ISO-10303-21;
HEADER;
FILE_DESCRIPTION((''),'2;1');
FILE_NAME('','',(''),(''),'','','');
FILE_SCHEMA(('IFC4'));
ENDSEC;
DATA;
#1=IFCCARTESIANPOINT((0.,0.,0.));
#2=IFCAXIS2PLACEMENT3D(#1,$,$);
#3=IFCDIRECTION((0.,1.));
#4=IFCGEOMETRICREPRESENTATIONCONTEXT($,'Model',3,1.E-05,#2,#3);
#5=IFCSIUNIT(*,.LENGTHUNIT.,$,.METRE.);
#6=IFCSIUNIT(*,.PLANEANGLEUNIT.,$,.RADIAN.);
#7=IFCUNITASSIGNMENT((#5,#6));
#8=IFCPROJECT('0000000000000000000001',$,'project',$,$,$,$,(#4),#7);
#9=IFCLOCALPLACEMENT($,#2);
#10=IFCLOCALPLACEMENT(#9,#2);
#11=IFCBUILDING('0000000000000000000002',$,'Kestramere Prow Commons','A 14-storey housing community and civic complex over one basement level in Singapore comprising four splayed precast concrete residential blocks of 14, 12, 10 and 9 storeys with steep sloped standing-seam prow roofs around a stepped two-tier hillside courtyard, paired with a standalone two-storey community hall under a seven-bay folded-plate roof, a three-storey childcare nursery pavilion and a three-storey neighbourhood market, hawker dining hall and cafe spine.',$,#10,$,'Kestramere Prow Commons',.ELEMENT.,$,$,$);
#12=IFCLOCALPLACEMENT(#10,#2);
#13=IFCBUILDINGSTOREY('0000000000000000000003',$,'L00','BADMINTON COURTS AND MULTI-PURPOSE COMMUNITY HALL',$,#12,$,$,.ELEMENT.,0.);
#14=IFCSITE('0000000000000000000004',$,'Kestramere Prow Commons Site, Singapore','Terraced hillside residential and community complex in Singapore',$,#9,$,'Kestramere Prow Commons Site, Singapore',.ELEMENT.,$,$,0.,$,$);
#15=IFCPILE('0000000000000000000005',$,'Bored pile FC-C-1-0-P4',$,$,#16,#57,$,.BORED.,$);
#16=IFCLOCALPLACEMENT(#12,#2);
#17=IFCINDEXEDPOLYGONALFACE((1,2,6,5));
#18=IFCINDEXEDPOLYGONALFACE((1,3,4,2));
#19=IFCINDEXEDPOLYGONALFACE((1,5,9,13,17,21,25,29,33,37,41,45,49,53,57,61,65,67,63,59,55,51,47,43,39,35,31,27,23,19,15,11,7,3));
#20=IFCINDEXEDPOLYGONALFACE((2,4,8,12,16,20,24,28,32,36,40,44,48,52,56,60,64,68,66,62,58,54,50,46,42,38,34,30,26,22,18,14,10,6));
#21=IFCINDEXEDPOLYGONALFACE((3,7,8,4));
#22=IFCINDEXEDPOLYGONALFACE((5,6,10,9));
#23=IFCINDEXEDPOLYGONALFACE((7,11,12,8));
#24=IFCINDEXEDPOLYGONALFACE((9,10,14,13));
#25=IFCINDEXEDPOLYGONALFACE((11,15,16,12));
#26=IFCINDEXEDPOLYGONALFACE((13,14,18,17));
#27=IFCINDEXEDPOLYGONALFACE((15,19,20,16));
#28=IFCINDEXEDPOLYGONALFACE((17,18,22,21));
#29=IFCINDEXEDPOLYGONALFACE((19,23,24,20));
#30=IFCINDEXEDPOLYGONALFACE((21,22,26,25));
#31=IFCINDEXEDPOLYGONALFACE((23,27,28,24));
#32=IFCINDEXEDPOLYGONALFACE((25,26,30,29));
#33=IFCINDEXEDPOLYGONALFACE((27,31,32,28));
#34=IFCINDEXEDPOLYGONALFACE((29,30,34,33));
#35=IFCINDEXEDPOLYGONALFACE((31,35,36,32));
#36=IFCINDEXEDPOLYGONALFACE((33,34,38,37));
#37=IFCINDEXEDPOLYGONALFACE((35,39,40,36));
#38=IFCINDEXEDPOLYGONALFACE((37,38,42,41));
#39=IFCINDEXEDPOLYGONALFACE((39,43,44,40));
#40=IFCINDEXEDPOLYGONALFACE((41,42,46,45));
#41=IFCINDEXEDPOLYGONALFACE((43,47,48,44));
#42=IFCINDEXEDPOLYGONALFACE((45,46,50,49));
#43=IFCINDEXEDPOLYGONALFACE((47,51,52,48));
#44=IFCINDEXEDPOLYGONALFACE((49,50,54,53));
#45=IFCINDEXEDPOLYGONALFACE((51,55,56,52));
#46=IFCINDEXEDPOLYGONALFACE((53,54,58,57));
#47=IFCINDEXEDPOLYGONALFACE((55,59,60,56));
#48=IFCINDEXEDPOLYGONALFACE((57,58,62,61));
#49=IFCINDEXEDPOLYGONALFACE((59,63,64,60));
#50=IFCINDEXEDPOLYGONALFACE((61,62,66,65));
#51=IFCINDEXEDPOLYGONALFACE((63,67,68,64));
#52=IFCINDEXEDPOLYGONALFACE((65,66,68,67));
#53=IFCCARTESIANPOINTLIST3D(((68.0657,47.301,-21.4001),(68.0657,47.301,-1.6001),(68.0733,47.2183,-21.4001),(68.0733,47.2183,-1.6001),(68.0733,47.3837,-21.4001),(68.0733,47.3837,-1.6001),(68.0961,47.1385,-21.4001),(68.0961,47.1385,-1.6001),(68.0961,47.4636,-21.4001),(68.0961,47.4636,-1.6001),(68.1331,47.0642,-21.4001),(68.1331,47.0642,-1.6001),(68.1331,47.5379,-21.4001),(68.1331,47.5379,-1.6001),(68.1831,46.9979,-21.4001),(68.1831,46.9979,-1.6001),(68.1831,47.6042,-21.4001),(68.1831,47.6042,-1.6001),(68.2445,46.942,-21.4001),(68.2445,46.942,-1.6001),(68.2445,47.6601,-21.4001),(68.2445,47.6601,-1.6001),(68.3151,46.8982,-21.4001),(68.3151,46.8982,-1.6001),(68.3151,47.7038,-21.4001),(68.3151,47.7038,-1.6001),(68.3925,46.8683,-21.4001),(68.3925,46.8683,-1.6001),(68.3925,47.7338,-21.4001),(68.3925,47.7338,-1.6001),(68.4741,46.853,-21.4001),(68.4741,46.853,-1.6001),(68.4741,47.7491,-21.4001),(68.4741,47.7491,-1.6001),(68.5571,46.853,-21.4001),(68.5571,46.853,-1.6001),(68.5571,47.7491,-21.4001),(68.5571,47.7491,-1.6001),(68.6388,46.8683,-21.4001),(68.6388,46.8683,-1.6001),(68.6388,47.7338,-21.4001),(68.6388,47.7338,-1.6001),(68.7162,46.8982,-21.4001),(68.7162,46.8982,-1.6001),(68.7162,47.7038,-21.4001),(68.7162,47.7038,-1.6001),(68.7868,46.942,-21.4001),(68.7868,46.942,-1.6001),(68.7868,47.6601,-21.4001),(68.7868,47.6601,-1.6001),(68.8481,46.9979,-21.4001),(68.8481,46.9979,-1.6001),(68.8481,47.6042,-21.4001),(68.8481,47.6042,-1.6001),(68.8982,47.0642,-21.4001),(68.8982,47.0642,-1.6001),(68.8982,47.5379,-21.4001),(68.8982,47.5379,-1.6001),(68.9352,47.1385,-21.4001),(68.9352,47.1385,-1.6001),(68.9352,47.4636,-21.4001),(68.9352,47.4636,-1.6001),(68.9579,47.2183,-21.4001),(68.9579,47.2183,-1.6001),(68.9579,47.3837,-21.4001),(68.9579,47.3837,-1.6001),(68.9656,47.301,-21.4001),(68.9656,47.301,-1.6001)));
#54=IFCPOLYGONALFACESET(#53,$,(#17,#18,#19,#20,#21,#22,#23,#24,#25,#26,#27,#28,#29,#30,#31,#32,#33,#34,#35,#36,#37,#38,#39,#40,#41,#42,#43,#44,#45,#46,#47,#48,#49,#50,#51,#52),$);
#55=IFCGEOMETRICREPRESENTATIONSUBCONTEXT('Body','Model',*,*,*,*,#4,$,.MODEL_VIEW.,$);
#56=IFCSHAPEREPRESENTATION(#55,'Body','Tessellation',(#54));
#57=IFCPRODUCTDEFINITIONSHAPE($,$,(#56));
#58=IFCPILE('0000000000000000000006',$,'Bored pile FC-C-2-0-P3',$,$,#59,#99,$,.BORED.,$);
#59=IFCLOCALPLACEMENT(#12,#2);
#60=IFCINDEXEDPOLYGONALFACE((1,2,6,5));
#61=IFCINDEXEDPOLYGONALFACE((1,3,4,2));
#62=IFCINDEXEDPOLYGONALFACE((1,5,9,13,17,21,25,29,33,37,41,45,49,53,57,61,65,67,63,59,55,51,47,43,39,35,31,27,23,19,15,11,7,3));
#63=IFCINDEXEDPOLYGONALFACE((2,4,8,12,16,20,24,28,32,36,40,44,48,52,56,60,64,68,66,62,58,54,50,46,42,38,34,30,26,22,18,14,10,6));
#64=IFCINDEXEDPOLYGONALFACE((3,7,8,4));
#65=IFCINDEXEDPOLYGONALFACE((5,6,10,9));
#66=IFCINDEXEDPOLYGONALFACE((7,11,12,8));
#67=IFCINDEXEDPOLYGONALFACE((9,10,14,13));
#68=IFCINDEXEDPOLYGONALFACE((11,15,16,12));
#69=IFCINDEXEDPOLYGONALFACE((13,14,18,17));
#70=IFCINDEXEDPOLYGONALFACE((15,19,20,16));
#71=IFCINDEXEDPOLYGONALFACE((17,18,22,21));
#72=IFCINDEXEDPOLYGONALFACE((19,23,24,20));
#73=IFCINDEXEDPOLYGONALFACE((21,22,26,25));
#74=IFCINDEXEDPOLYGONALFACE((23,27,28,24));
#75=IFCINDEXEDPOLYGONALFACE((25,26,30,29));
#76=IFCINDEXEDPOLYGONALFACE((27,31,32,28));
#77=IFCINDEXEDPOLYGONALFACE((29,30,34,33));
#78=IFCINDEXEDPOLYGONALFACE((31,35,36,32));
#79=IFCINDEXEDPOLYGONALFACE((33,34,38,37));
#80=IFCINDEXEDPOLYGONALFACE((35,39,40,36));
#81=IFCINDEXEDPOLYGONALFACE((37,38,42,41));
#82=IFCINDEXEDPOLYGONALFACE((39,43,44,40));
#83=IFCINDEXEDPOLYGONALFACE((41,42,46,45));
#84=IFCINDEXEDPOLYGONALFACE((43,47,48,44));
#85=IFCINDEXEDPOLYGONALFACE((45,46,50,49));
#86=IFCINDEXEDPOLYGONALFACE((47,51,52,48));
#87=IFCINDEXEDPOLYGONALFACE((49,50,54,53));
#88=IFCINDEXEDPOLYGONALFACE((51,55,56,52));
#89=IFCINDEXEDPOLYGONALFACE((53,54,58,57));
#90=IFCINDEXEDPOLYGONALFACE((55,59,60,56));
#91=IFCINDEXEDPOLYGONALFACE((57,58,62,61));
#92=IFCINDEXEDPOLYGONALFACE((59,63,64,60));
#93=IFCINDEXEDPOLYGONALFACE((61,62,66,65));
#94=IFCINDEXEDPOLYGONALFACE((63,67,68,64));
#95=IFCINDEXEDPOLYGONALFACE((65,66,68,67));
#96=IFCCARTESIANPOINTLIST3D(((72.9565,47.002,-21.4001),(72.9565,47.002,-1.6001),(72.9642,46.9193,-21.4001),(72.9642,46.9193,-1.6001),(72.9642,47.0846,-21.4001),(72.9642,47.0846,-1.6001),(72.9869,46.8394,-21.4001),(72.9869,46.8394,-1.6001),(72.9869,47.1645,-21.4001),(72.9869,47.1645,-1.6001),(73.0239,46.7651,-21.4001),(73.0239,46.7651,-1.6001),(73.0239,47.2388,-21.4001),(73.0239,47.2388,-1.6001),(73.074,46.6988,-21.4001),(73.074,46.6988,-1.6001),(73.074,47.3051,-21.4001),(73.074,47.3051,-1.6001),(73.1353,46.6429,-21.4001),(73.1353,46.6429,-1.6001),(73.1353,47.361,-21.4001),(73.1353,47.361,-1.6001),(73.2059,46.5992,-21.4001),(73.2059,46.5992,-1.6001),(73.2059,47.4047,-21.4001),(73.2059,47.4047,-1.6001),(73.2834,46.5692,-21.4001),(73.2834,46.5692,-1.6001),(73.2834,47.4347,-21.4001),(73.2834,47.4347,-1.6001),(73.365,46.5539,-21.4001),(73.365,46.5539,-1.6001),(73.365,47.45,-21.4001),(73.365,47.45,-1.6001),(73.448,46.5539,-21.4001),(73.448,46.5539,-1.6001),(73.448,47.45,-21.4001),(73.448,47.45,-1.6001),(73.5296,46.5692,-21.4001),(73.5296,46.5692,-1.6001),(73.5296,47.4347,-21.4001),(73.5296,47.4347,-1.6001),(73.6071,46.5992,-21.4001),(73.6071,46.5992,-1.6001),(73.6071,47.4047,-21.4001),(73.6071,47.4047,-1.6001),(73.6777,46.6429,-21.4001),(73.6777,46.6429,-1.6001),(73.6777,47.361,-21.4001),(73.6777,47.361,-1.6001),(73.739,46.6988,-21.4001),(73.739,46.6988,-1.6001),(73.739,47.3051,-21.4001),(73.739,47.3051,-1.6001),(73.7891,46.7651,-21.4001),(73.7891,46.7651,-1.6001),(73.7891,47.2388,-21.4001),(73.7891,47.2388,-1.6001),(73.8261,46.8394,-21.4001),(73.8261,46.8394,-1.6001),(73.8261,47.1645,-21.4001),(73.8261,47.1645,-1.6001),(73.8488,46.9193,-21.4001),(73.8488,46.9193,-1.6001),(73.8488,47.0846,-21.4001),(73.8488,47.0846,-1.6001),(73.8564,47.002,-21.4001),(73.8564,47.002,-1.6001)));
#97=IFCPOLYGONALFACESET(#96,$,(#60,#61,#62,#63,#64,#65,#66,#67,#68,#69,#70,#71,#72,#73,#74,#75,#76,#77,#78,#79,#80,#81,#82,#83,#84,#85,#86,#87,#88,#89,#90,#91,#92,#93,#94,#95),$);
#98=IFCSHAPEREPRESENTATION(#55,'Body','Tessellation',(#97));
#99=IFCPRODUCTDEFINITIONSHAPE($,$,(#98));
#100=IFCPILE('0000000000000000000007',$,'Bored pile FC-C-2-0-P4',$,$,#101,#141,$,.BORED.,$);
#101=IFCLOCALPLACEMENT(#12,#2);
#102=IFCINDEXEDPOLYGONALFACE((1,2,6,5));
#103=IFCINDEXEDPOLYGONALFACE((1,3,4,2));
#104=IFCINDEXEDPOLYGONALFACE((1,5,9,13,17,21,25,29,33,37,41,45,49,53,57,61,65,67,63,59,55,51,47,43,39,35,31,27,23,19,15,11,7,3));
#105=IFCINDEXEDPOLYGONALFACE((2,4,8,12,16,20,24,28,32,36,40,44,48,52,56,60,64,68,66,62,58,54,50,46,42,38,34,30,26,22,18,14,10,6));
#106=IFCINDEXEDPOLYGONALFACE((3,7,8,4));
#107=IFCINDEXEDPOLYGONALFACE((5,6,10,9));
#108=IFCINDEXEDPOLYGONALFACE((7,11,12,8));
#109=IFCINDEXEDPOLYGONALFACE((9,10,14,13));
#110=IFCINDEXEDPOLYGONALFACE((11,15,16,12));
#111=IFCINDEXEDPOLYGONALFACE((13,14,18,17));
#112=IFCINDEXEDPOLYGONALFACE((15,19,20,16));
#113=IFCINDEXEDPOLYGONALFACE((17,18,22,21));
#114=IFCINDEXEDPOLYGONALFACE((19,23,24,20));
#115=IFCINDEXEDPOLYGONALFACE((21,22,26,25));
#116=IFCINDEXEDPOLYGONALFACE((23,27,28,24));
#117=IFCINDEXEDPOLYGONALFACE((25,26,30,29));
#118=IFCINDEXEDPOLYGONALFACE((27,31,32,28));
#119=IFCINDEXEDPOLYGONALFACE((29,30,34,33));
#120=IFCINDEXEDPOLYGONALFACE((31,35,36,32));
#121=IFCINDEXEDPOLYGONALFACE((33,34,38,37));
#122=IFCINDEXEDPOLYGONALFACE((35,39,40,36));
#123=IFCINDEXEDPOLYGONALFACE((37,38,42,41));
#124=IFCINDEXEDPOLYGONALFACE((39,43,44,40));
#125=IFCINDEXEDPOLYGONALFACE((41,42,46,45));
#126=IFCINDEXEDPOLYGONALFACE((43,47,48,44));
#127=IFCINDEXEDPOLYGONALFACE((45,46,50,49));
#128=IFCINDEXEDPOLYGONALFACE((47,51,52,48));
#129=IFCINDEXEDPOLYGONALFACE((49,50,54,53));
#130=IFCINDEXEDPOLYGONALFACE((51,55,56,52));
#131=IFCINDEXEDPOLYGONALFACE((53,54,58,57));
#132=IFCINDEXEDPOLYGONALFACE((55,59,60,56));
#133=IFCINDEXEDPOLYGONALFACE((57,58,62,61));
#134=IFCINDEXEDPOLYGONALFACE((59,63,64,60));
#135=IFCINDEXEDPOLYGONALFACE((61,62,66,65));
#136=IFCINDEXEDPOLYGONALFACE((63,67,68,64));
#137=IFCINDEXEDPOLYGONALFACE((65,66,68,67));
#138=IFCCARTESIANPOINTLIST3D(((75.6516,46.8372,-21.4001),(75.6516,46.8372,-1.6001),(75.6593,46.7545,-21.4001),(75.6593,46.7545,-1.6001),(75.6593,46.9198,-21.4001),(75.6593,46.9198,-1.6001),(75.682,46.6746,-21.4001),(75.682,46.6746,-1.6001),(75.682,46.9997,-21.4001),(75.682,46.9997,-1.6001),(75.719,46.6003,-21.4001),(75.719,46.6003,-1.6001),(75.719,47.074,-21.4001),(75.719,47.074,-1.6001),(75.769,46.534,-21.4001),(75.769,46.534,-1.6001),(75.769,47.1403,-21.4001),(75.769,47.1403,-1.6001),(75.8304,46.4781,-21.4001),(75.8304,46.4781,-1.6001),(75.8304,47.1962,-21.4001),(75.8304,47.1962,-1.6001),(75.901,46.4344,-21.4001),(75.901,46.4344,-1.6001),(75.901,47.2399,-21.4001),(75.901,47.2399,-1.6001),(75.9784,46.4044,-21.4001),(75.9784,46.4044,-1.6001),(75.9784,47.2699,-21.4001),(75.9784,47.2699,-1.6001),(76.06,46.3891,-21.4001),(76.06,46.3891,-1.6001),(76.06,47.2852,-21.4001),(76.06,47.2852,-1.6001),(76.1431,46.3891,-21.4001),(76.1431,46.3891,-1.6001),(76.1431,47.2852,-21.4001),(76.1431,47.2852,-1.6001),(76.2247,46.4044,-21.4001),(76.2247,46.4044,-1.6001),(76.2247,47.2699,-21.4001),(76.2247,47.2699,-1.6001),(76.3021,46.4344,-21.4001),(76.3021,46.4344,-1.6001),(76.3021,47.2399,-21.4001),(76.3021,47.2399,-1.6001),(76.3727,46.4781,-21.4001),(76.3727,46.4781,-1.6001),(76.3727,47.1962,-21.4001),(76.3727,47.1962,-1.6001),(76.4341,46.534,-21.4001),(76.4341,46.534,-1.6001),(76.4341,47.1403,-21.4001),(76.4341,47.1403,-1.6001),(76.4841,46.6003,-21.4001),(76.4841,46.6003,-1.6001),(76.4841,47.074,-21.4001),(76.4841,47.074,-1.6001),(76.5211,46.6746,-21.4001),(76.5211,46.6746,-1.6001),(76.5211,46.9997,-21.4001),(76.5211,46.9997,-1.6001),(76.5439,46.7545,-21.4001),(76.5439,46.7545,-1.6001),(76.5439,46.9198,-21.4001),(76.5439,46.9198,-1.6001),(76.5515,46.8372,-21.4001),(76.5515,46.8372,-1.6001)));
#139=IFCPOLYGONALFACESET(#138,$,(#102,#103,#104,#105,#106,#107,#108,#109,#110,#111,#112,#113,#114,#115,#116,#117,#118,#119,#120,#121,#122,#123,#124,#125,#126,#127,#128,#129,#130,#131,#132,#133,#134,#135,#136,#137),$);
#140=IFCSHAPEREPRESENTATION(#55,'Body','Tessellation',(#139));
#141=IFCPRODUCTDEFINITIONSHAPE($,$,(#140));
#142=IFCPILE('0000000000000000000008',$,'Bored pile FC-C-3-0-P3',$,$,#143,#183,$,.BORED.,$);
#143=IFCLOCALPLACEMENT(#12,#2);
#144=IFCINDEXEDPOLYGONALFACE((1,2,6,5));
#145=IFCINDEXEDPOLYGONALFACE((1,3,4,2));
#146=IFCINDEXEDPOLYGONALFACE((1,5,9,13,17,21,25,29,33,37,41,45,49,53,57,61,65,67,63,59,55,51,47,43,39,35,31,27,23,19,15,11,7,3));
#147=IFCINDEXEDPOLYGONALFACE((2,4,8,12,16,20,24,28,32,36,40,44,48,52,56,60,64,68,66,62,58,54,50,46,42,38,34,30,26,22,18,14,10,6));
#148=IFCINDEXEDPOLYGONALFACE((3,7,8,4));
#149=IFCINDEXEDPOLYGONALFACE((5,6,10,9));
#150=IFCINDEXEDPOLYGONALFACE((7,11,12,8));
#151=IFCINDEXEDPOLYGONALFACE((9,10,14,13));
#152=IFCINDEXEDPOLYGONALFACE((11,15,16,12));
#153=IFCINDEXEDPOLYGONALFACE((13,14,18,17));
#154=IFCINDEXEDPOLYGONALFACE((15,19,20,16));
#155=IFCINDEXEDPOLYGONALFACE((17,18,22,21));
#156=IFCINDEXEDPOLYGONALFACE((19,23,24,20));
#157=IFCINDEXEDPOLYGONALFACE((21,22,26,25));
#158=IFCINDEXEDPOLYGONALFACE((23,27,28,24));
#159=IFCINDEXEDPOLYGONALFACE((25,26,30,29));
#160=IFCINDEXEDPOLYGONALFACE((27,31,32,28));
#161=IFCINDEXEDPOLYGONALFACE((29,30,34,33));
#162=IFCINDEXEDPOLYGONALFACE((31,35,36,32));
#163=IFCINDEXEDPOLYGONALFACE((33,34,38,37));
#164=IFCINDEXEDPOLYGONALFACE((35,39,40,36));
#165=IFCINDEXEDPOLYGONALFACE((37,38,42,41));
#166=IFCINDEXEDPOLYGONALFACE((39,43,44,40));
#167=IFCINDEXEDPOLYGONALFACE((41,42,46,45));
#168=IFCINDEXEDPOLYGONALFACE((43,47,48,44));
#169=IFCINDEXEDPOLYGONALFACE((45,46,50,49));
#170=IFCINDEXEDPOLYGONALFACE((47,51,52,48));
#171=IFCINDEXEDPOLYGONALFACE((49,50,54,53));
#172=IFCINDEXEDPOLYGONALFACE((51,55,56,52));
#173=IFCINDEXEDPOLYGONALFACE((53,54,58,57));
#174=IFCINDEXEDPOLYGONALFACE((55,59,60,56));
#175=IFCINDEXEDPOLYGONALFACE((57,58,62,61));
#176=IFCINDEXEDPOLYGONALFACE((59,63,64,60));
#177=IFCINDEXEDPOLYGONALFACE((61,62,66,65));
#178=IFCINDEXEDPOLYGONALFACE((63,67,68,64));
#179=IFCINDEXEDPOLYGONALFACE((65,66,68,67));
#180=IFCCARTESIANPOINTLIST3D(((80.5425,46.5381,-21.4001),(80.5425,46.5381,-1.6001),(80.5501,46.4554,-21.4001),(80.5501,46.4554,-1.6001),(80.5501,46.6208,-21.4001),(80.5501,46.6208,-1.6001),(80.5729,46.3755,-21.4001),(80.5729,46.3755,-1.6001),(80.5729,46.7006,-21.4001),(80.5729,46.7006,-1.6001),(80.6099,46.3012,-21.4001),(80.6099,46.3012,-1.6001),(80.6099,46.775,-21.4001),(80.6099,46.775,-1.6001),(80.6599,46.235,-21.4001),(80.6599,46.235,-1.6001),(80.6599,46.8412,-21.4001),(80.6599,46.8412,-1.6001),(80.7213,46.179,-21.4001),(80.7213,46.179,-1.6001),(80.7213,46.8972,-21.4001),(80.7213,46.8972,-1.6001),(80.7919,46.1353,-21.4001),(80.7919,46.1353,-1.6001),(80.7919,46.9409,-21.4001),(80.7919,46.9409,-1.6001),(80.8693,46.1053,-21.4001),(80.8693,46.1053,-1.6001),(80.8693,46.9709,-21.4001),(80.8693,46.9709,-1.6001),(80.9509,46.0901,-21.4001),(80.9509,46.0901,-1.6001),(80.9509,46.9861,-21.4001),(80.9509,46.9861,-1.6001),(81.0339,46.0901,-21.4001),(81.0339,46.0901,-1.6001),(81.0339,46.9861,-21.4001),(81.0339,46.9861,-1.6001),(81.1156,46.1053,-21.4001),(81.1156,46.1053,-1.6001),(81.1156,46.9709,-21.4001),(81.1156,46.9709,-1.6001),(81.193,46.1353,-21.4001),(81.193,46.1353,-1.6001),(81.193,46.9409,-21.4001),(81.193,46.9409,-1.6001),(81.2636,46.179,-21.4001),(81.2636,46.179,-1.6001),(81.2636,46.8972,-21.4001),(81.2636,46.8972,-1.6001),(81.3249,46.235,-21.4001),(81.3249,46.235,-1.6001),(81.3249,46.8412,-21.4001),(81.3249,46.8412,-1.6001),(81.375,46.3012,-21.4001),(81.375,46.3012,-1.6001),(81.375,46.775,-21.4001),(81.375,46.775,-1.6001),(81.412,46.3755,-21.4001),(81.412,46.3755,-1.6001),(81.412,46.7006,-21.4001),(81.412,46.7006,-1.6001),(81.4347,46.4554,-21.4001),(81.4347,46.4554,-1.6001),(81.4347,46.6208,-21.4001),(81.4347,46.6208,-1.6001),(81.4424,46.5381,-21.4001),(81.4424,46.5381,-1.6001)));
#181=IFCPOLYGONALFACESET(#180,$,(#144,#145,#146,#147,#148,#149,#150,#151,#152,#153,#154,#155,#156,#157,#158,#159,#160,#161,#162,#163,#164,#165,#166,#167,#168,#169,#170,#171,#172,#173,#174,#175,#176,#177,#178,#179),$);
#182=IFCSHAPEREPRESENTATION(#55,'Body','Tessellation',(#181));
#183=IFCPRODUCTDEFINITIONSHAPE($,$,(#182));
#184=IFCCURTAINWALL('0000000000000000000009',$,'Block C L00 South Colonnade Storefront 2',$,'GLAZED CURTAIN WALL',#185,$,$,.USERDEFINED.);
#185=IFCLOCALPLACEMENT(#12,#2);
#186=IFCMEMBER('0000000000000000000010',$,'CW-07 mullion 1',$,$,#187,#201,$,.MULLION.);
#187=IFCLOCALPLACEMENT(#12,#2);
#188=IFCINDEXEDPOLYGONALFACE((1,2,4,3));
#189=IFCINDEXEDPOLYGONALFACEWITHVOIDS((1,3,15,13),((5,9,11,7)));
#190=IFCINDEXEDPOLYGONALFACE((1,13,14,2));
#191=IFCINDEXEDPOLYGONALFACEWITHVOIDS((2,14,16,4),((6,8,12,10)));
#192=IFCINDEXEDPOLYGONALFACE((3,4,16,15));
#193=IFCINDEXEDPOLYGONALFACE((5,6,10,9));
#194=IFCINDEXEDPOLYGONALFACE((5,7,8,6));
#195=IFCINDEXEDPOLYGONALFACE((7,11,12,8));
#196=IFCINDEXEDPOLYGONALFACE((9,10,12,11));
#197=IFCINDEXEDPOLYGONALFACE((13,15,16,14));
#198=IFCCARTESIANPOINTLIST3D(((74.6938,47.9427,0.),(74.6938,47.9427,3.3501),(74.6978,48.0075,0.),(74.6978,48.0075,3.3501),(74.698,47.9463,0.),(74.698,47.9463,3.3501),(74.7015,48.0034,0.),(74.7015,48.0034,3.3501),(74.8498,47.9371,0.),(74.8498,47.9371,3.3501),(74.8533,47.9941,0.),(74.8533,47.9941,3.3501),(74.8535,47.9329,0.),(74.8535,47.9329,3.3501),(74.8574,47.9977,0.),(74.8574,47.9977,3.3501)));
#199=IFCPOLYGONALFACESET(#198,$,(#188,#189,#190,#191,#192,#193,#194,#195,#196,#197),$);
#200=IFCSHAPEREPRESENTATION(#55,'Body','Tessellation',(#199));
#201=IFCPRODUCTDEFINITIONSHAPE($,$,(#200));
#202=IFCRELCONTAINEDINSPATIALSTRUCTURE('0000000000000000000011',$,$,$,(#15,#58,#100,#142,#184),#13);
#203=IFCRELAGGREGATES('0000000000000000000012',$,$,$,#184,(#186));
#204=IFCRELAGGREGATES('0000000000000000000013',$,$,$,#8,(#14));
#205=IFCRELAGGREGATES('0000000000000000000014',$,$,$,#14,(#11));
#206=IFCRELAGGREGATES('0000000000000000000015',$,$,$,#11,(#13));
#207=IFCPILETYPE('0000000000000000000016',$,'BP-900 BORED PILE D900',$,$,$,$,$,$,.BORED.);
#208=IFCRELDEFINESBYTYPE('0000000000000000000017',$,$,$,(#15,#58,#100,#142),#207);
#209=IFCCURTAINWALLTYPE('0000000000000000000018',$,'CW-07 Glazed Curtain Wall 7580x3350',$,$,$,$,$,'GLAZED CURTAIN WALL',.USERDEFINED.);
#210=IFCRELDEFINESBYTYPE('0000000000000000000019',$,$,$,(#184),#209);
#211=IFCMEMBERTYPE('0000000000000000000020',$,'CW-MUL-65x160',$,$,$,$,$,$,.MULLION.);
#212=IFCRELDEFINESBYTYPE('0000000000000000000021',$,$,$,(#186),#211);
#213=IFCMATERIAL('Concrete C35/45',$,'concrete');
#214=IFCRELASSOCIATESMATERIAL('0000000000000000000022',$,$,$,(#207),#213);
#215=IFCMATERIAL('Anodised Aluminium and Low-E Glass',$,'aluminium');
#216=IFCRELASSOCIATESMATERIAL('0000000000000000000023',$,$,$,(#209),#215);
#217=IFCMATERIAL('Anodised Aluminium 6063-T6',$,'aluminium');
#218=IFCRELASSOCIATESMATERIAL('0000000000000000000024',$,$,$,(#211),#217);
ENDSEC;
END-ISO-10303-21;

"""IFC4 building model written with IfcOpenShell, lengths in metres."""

from ifc_helpers import new_model, si_unit, direction, frame, origin, origin_2d, place, context, subcontext, project, spatial, hollow_rectangle, circle, extrude, material, material_profile, profile_set, type_object, element, aggregate, save


model = new_model("IFC4")

# Units and contexts
model_context = context("Model", 3, precision=1e-05, world=origin(), true_north=direction((0.0, 1.0)))
body_context = subcontext(model_context, "Body", "Model", "MODEL_VIEW")
ifc_project = project(units=[si_unit("LENGTHUNIT", "METRE"), si_unit("PLANEANGLEUNIT", "RADIAN")], contexts=[model_context])

# Site, building, storey
site_placement = place(None, origin())
site = spatial("IfcSite", under=ifc_project, at=site_placement, Name="Kestramere Prow Commons Site, Singapore", Description="Terraced hillside residential and community complex in Singapore", LongName="Kestramere Prow Commons Site, Singapore", CompositionType="ELEMENT", RefElevation=0.0)
building_placement = place(site_placement, origin())
building = spatial("IfcBuilding", under=site, at=building_placement, Name="Kestramere Prow Commons", Description="A 14-storey housing community and civic complex over one basement level in Singapore comprising four splayed precast concrete residential blocks of 14, 12, 10 and 9 storeys with steep sloped standing-seam prow roofs around a stepped two-tier hillside courtyard, paired with a standalone two-storey community hall under a seven-bay folded-plate roof, a three-storey childcare nursery pavilion and a three-storey neighbourhood market, hawker dining hall and cafe spine.", LongName="Kestramere Prow Commons", CompositionType="ELEMENT")
storey_placement = place(building_placement, origin())
storey = spatial("IfcBuildingStorey", under=building, at=storey_placement, Name="L00", Description="BADMINTON COURTS AND MULTI-PURPOSE COMMUNITY HALL", CompositionType="ELEMENT", Elevation=0.0)

# Piles
ifc_material_1 = material(Name="Concrete C35/45", Category="concrete")
ifc_material_profile_1 = material_profile(ifc_material_1, circle(Radius=0.45, at=origin_2d()), Name="BORED PILE D900")
ifc_profile_set_1 = profile_set([ifc_material_profile_1], Name="Concrete C35/45")
pile_type = type_object("IfcPileType", Name="BP-900 BORED PILE D900", PredefinedType="BORED", material=ifc_profile_set_1)
for number, where, z_axis, x_axis, name in (
    (1, (68.5156, 47.301, -1.6001), (0.0, 0.0, -1.0), (1.0, 0.0, 0.0), "Bored pile FC-C-1-0-P4"),
    (2, (73.4065, 47.002, -1.6001), (0.0, 0.0, -1.0), (1.0, 0.0, 0.0), "Bored pile FC-C-2-0-P3"),
    (3, (76.1016, 46.8372, -1.6001), (0.0, 0.0, -1.0), (1.0, 0.0, 0.0), "Bored pile FC-C-2-0-P4"),
    (4, (80.9924, 46.5381, -1.6001), (0.0, 0.0, -1.0), (1.0, 0.0, 0.0), "Bored pile FC-C-3-0-P3"),
):
    element("IfcPile", number, at=place(storey_placement, frame(where, z_axis=z_axis, x_axis=x_axis)), inside=storey, type_object=pile_type, Name=name, PredefinedType="BORED", context=body_context, shape_type="SweptSolid", body=[
        extrude(circle(Radius=0.45, at=origin_2d()), origin(), (0.0, 0.0, 1.0), 19.8),
    ])

# Curtain wall, member
ifc_material_2 = material(Name="Anodised Aluminium and Low-E Glass", Category="aluminium")
curtain_wall_type = type_object("IfcCurtainWallType", Name="CW-07 Glazed Curtain Wall 7580x3350", ElementType="GLAZED CURTAIN WALL", PredefinedType="USERDEFINED", material=ifc_material_2)
curtain_wall_placement = place(storey_placement, origin())
curtain_wall = element("IfcCurtainWall", 5, at=curtain_wall_placement, inside=storey, type_object=curtain_wall_type, Name="Block C L00 South Colonnade Storefront 2", ObjectType="GLAZED CURTAIN WALL", PredefinedType="USERDEFINED")
ifc_material_3 = material(Name="Anodised Aluminium 6063-T6", Category="aluminium")
ifc_material_profile_2 = material_profile(ifc_material_3, hollow_rectangle(XDim=0.0649, YDim=0.1599, WallThickness=0.0039, at=origin_2d()), Name="ALU-MUL 65x160")
ifc_profile_set_2 = profile_set([ifc_material_profile_2], Name="Anodised Aluminium 6063-T6")
member_type_1 = type_object("IfcMemberType", Name="CW-MUL-65x160", PredefinedType="MULLION", material=ifc_profile_set_2)
member_1_placement = place(storey_placement, frame((74.7756, 47.9702, 0.0), z_axis=(0.0, 0.0, 1.0), x_axis=(-0.061049, -0.998135, 0.0)))
member_1 = element("IfcMember", 6, at=member_1_placement, type_object=member_type_1, Name="CW-07 mullion 1", PredefinedType="MULLION", context=body_context, shape_type="SweptSolid", body=[
    extrude(hollow_rectangle(XDim=0.0649, YDim=0.1599, WallThickness=0.0039, at=origin_2d()), origin(), (0.0, 0.0, 1.0), 3.3501),
])
aggregate(curtain_wall, [member_1])

save(model, "model.ifc")
